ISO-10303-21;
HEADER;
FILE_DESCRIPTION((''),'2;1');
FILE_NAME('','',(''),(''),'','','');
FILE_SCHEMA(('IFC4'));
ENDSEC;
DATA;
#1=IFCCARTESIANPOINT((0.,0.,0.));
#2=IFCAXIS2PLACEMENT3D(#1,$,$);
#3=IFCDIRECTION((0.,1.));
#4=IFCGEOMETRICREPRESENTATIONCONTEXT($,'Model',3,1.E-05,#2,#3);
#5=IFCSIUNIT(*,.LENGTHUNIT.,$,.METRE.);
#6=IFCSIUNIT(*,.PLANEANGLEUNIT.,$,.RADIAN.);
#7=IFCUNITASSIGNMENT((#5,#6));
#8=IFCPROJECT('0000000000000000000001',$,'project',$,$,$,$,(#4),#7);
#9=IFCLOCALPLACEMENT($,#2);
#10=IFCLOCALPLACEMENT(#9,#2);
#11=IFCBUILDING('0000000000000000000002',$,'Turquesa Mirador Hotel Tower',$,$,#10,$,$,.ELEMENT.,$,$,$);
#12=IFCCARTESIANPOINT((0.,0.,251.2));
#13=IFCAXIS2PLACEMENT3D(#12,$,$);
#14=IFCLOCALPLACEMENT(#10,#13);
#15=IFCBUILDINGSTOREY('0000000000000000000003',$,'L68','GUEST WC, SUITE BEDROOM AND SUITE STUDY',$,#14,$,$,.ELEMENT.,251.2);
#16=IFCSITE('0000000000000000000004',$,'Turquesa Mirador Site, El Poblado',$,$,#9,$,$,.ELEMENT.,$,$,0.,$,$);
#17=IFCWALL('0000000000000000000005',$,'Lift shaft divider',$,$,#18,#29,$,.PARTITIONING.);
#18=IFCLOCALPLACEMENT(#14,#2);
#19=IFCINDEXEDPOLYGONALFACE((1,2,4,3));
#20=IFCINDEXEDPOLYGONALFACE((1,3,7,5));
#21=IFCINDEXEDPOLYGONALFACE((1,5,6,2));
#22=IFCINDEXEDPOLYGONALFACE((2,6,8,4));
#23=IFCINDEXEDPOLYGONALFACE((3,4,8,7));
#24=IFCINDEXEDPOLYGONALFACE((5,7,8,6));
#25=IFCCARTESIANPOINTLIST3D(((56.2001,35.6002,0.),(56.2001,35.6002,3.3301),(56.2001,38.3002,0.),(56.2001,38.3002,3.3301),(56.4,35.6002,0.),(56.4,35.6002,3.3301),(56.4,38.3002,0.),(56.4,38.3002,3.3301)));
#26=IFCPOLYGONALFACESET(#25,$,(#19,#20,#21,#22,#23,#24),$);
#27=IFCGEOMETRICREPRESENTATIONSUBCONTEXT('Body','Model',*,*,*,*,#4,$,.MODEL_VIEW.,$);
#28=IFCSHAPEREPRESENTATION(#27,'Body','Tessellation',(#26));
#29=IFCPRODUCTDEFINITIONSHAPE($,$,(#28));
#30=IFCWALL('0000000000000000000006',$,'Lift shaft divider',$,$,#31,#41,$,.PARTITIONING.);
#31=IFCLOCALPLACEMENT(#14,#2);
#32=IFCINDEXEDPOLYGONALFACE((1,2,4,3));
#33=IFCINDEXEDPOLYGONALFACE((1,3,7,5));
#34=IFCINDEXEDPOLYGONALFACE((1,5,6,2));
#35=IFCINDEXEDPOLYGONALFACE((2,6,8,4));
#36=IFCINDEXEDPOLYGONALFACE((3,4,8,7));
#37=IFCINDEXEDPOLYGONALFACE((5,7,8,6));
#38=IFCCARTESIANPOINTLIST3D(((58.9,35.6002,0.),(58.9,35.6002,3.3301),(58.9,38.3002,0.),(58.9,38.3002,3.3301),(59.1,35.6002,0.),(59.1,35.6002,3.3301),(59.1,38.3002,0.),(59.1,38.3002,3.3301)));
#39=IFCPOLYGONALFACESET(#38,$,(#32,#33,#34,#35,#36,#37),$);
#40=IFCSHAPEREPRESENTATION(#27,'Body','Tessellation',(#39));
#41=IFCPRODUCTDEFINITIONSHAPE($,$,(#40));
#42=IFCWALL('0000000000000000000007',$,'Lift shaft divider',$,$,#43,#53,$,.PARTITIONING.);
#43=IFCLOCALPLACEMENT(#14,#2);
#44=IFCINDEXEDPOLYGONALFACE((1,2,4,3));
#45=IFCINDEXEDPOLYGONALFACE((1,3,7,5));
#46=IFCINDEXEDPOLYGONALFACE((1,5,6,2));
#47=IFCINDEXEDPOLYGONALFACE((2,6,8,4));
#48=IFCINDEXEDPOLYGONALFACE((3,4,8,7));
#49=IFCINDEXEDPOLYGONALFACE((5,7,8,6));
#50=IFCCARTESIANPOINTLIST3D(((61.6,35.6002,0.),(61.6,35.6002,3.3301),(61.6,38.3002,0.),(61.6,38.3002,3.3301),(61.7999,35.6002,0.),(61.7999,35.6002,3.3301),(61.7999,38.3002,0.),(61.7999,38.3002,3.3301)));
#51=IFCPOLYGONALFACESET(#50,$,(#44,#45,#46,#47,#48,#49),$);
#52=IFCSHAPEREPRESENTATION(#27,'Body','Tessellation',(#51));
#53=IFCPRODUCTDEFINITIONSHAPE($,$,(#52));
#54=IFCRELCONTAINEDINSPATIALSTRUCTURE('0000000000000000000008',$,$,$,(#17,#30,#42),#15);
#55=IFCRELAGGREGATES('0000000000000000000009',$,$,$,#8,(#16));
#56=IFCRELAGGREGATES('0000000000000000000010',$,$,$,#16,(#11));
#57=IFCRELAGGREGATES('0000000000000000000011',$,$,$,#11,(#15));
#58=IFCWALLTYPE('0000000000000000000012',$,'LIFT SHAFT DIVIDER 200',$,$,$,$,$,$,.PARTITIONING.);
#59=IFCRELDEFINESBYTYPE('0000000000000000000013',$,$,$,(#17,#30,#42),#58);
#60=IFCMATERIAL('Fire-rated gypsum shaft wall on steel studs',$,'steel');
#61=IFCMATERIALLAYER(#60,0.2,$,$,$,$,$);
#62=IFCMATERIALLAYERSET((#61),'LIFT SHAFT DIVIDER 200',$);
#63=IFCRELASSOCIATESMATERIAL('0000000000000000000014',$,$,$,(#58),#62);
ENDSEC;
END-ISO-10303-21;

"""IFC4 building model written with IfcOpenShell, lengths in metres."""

from ifc_helpers import new_model, si_unit, direction, frame, frame_2d, origin, place, context, subcontext, project, spatial, rectangle, extrude, material, layer, layer_set, type_object, element, save


model = new_model("IFC4")

# Units and contexts
model_context = context("Model", 3, precision=1e-05, world=origin(), true_north=direction((0.0, 1.0)))
body_context = subcontext(model_context, "Body", "Model", "MODEL_VIEW")
ifc_project = project(units=[si_unit("LENGTHUNIT", "METRE"), si_unit("PLANEANGLEUNIT", "RADIAN")], contexts=[model_context])

# Site, building, storey
site_placement = place(None, origin())
site = spatial("IfcSite", under=ifc_project, at=site_placement, Name="Turquesa Mirador Site, El Poblado", CompositionType="ELEMENT", RefElevation=0.0)
building_placement = place(site_placement, origin())
building = spatial("IfcBuilding", under=site, at=building_placement, Name="Turquesa Mirador Hotel Tower", CompositionType="ELEMENT")
storey_placement = place(building_placement, frame((0.0, 0.0, 251.2)))
storey = spatial("IfcBuildingStorey", under=building, at=storey_placement, Name="L68", Description="GUEST WC, SUITE BEDROOM AND SUITE STUDY", CompositionType="ELEMENT", Elevation=251.2)

# Walls
ifc_material_1 = material(Name="Fire-rated gypsum shaft wall on steel studs", Category="steel")
ifc_layer_1 = layer(ifc_material_1, 0.2)
ifc_layer_set_1 = layer_set([ifc_layer_1], Name="LIFT SHAFT DIVIDER 200")
wall_type_1 = type_object("IfcWallType", Name="LIFT SHAFT DIVIDER 200", PredefinedType="PARTITIONING", material=ifc_layer_set_1)
for number, where, z_axis, x_axis, name in (
    (1, (56.3, 35.6001, 0.0), (0.0, 0.0, 1.0), (0.0, 1.0, 0.0), "Lift shaft divider"),
    (2, (59.0, 35.6001, 0.0), (0.0, 0.0, 1.0), (0.0, 1.0, 0.0), "Lift shaft divider"),
    (3, (61.7, 35.6001, 0.0), (0.0, 0.0, 1.0), (0.0, 1.0, 0.0), "Lift shaft divider"),
):
    element("IfcWall", number, at=place(storey_placement, frame(where, z_axis=z_axis, x_axis=x_axis)), inside=storey, type_object=wall_type_1, Name=name, PredefinedType="PARTITIONING", context=body_context, shape_type="SweptSolid", body=[
        extrude(rectangle(XDim=2.7, YDim=0.2, at=frame_2d((1.3501, 0.0))), origin(), (0.0, 0.0, 1.0), 3.3301),
    ])

save(model, "model.ifc")
